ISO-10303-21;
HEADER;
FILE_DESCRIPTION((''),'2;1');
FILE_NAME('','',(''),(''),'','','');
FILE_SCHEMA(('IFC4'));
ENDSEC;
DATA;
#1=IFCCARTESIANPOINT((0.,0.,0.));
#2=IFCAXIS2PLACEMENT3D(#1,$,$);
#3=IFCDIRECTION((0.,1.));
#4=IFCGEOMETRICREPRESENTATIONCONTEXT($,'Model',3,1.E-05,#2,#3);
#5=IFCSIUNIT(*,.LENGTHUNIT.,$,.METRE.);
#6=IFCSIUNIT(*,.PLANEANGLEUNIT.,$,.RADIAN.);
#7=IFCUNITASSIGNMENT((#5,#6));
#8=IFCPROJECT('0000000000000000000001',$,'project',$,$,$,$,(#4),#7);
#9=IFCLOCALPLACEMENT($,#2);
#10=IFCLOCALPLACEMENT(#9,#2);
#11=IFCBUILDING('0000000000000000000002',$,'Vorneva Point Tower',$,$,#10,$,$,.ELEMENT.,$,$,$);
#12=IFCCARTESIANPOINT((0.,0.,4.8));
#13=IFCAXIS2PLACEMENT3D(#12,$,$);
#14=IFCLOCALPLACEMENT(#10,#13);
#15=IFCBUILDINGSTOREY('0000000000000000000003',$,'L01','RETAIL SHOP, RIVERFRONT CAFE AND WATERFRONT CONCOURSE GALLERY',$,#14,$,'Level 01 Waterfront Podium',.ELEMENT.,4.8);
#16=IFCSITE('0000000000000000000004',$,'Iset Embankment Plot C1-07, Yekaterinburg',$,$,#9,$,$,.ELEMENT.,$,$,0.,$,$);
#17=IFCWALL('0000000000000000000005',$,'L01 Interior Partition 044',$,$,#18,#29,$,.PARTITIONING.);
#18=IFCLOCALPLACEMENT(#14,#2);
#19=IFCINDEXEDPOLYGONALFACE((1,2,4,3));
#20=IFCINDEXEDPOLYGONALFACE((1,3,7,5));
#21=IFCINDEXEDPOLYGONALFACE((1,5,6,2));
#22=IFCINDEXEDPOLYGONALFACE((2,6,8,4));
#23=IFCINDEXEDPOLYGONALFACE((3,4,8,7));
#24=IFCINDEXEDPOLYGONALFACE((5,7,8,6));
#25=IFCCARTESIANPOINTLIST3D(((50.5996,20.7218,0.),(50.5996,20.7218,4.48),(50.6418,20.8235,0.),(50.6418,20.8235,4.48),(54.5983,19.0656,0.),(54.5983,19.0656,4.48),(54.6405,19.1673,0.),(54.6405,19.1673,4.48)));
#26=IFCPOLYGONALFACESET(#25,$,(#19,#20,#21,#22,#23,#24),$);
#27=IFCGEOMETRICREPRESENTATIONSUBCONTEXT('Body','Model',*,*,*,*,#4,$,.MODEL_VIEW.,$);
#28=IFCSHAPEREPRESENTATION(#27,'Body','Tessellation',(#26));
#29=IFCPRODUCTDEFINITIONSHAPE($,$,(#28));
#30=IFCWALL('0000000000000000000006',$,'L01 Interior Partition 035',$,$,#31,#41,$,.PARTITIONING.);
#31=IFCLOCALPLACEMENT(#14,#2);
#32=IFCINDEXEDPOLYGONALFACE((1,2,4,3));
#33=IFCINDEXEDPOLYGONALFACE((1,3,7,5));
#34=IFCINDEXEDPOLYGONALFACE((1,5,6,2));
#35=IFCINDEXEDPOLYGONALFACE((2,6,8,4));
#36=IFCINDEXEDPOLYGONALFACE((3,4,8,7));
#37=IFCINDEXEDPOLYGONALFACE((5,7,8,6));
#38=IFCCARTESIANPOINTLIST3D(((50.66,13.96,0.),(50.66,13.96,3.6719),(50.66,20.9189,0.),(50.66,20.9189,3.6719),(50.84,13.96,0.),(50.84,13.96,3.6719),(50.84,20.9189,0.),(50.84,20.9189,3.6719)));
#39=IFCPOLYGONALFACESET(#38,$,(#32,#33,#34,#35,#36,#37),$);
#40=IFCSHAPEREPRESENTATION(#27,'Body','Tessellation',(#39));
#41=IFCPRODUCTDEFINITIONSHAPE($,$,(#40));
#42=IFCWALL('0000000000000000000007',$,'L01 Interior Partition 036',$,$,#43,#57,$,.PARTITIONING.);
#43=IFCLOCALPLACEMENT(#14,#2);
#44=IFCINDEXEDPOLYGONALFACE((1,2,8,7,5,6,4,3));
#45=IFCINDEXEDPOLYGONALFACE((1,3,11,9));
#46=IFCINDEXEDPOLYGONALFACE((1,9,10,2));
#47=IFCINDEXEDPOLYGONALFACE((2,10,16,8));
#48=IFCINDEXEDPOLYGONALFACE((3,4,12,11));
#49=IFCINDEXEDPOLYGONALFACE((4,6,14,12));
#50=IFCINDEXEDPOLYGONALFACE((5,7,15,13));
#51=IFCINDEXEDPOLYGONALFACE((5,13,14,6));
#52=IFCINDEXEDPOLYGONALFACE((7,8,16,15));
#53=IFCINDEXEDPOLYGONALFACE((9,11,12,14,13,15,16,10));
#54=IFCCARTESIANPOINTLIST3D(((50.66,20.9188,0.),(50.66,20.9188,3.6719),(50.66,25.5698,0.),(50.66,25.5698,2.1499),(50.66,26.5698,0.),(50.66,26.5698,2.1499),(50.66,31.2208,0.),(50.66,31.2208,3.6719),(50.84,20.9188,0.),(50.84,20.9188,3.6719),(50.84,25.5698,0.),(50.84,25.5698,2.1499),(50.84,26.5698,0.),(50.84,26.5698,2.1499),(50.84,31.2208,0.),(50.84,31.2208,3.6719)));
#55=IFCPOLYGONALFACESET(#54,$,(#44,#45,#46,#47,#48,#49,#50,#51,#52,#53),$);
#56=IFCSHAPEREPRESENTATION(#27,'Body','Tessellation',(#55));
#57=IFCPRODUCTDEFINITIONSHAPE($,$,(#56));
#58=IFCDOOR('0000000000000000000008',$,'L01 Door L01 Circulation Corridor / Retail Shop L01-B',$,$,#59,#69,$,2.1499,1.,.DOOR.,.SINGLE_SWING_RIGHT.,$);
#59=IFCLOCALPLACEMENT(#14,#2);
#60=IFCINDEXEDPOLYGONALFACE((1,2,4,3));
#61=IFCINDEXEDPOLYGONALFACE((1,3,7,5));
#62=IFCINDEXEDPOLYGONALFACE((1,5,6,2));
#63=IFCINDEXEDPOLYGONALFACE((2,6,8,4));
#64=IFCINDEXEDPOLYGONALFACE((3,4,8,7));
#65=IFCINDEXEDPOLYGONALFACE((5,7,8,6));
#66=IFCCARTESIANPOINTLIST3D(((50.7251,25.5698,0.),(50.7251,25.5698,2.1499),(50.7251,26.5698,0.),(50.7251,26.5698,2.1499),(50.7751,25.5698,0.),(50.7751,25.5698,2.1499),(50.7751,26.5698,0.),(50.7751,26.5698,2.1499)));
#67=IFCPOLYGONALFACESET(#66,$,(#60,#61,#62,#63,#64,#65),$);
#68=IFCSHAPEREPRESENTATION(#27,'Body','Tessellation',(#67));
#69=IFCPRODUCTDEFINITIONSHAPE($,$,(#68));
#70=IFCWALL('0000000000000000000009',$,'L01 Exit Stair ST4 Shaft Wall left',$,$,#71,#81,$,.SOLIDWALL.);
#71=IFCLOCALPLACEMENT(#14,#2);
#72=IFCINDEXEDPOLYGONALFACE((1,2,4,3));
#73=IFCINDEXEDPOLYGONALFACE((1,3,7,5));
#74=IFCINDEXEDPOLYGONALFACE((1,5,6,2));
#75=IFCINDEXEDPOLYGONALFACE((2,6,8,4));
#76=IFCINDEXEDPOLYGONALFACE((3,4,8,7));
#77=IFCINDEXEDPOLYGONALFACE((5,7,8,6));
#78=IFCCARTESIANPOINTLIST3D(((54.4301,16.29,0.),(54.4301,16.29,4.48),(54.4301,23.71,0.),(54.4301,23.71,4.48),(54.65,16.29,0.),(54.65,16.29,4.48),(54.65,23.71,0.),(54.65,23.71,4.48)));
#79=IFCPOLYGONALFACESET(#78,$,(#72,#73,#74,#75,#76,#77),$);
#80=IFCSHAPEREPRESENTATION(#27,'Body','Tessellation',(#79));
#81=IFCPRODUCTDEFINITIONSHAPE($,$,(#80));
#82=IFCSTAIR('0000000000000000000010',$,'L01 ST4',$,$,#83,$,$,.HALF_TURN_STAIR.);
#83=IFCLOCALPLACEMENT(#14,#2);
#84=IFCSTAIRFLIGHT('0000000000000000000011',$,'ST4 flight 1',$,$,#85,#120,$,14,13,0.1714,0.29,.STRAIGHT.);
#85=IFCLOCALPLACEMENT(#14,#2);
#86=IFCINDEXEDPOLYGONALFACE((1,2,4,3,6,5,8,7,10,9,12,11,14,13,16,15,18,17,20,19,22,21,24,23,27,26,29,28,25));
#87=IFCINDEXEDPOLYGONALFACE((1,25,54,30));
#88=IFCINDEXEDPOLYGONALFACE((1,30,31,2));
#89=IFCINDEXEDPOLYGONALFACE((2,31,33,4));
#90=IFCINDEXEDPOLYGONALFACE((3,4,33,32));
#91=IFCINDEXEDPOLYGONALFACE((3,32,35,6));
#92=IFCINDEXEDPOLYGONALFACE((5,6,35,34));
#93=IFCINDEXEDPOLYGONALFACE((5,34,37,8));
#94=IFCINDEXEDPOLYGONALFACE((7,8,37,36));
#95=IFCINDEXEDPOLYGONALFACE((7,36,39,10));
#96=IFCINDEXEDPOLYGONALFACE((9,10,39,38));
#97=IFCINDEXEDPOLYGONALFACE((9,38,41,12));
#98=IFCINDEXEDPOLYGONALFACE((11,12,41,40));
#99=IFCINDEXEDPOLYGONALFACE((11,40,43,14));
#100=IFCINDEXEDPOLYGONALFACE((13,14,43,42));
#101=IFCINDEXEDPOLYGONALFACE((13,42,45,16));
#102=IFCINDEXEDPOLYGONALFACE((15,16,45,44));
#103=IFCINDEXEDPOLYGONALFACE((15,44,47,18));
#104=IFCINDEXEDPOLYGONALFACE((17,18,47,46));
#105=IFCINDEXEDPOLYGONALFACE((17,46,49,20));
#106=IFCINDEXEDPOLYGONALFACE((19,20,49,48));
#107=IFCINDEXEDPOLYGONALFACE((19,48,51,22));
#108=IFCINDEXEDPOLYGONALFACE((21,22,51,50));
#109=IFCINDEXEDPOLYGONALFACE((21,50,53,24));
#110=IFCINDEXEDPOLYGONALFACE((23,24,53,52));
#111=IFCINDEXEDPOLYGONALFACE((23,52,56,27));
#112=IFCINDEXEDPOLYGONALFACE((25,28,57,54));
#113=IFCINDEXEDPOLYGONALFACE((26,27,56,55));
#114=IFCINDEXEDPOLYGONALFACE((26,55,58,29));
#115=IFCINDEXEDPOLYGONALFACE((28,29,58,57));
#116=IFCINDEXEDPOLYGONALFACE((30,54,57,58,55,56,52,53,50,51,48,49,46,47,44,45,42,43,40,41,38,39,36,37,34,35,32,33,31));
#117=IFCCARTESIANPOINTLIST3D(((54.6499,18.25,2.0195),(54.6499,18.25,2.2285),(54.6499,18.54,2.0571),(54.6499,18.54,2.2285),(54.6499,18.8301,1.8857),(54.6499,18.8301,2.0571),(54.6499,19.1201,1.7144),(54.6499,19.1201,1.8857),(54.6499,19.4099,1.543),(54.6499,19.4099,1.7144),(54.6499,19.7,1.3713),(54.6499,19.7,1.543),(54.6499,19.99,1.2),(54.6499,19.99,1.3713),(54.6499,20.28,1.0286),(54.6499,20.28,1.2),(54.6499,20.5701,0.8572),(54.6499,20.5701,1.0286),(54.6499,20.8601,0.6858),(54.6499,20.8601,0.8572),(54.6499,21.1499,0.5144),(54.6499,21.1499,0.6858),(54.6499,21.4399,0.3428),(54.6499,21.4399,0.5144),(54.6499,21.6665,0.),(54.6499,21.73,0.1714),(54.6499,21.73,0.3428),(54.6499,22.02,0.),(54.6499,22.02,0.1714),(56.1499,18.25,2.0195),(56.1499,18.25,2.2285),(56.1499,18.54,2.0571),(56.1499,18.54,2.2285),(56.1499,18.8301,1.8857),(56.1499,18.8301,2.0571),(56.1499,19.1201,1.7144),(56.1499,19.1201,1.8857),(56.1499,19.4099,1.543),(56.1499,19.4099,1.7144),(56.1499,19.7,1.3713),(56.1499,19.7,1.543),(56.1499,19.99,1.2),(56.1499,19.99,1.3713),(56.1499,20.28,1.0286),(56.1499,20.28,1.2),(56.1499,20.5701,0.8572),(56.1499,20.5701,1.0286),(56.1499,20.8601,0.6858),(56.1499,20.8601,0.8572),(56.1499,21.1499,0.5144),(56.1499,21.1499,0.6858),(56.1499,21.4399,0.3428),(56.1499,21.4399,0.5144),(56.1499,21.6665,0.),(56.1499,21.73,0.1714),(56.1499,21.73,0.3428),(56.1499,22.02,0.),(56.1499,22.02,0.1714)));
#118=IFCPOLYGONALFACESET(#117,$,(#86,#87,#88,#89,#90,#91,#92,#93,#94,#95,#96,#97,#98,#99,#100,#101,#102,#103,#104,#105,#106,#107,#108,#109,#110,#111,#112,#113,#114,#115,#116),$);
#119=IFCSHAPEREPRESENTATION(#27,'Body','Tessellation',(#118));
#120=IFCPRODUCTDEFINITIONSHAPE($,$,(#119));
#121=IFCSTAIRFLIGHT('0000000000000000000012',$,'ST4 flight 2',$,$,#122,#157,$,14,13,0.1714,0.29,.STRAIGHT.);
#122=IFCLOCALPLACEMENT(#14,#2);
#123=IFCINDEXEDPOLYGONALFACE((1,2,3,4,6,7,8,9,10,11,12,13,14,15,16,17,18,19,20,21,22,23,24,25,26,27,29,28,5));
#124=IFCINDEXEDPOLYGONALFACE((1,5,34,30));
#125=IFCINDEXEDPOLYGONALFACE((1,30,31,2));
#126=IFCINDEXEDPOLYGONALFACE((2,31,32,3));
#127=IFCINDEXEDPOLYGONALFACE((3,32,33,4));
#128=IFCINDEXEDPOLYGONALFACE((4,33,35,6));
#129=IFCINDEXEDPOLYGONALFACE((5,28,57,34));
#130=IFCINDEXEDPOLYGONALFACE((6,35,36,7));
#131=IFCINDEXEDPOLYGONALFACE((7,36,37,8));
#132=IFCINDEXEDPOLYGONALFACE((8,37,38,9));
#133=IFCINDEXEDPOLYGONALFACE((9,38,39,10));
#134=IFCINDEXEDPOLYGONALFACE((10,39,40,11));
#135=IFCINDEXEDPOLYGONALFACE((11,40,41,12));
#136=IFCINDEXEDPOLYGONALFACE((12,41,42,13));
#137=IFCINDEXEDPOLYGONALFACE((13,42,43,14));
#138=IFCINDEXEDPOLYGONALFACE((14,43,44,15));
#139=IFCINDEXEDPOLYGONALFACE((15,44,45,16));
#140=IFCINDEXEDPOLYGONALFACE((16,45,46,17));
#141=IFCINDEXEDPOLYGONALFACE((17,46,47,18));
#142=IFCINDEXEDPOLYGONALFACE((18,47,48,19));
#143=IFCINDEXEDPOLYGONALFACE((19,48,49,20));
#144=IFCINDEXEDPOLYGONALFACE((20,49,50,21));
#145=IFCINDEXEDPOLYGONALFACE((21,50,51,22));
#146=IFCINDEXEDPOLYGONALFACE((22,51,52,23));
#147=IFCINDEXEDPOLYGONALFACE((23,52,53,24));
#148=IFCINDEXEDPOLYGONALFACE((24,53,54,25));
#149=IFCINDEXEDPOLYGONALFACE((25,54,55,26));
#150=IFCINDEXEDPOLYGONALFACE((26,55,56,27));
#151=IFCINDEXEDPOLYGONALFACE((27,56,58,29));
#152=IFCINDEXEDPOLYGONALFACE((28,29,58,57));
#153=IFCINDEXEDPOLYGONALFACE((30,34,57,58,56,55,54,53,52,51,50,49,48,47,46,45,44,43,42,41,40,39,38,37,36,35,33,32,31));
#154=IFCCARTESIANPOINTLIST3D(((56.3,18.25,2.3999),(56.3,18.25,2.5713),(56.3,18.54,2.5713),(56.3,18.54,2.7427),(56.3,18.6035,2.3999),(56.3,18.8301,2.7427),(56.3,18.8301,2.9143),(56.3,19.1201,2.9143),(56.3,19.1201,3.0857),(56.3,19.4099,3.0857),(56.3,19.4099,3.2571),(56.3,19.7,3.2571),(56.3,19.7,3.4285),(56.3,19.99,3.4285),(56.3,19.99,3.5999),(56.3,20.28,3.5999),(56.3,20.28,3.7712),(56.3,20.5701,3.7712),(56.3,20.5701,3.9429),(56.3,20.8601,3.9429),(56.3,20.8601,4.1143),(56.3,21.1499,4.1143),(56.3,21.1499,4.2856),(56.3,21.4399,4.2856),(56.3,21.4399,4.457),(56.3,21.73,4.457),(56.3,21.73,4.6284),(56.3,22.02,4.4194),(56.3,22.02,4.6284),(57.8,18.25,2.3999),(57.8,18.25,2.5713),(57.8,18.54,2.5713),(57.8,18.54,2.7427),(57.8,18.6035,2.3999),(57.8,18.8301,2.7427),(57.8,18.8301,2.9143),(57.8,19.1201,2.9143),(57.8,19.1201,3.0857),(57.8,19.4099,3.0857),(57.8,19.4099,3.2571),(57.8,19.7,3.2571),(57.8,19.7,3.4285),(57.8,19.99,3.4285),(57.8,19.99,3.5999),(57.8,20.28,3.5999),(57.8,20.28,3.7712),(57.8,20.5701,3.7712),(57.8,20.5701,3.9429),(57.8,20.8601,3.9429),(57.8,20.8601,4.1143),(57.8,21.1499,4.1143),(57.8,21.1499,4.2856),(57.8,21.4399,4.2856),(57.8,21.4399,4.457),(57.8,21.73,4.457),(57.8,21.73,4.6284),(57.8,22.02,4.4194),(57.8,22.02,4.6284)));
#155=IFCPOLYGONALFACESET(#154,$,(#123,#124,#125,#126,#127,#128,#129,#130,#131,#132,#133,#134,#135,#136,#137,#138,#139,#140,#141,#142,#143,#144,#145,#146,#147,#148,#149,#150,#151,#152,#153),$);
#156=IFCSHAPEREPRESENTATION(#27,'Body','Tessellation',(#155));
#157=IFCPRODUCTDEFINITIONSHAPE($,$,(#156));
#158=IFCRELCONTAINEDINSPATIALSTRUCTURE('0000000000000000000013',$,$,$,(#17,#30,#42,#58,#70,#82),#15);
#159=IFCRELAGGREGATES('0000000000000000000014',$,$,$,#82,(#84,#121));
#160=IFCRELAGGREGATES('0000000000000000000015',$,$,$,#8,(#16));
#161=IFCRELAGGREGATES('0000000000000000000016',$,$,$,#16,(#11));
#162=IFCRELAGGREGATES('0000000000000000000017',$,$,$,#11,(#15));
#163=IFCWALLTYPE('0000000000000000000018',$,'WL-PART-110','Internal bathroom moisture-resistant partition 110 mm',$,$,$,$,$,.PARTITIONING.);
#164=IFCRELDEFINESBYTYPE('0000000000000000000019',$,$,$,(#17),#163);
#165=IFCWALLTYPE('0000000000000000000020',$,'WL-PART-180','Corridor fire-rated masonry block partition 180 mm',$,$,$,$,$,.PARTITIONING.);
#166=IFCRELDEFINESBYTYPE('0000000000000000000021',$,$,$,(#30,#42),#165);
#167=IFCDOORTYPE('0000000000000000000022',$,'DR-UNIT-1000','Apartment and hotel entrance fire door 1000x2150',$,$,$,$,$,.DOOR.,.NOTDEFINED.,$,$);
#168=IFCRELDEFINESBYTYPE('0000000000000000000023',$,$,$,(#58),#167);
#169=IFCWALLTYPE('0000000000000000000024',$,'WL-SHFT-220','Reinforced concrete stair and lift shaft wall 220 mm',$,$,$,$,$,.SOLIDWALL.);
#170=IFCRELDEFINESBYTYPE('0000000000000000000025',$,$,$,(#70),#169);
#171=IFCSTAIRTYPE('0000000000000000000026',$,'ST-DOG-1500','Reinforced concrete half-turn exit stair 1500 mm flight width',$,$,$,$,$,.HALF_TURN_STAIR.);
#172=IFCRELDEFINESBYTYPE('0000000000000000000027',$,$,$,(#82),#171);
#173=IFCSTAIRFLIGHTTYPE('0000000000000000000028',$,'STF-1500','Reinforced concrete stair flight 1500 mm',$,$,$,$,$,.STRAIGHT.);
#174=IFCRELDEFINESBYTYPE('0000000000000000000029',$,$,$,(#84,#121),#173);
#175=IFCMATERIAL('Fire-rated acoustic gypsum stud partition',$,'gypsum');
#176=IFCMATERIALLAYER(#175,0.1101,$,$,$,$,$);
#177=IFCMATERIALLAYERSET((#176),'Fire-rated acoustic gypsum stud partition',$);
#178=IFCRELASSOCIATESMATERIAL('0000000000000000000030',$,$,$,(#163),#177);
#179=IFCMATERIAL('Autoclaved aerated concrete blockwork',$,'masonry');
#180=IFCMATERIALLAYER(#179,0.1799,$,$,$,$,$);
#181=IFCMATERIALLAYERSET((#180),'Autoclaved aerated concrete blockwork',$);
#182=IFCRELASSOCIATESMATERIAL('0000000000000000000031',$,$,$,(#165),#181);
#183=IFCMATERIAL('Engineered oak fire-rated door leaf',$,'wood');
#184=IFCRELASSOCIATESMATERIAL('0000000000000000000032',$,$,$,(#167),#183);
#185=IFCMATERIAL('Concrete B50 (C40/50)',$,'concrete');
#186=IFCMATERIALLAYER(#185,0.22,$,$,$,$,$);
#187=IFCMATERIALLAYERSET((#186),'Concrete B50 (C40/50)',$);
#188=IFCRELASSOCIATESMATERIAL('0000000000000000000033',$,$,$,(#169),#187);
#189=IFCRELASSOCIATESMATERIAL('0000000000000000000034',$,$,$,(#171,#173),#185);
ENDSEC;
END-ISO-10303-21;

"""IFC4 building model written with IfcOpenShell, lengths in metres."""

from ifc_helpers import new_model, si_unit, direction, frame, frame_2d, origin, place, context, subcontext, project, spatial, polyline, rectangle, outline, extrude, material, layer, layer_set, type_object, element, fill, aggregate, save


model = new_model("IFC4")

# Units and contexts
model_context = context("Model", 3, precision=1e-05, world=origin(), true_north=direction((0.0, 1.0)))
body_context = subcontext(model_context, "Body", "Model", "MODEL_VIEW")
ifc_project = project(units=[si_unit("LENGTHUNIT", "METRE"), si_unit("PLANEANGLEUNIT", "RADIAN")], contexts=[model_context])

# Site, building, storey
site_placement = place(None, origin())
site = spatial("IfcSite", under=ifc_project, at=site_placement, Name="Iset Embankment Plot C1-07, Yekaterinburg", CompositionType="ELEMENT", RefElevation=0.0)
building_placement = place(site_placement, origin())
building = spatial("IfcBuilding", under=site, at=building_placement, Name="Vorneva Point Tower", CompositionType="ELEMENT")
storey_placement = place(building_placement, frame((0.0, 0.0, 4.8)))
storey = spatial("IfcBuildingStorey", under=building, at=storey_placement, Name="L01", Description="RETAIL SHOP, RIVERFRONT CAFE AND WATERFRONT CONCOURSE GALLERY", LongName="Level 01 Waterfront Podium", CompositionType="ELEMENT", Elevation=4.8)

# Walls
ifc_material_1 = material(Name="Fire-rated acoustic gypsum stud partition", Category="gypsum")
ifc_layer_1 = layer(ifc_material_1, 0.1101)
ifc_layer_set_1 = layer_set([ifc_layer_1], Name="Fire-rated acoustic gypsum stud partition")
wall_type_1 = type_object("IfcWallType", Name="WL-PART-110", Description="Internal bathroom moisture-resistant partition 110 mm", PredefinedType="PARTITIONING", material=ifc_layer_set_1)
wall_1_placement = place(storey_placement, frame((54.6194, 19.1165, 0.0), z_axis=(0.0, 0.0, 1.0), x_axis=(-0.923888, 0.382664, 0.0)))
element("IfcWall", 1, at=wall_1_placement, inside=storey, type_object=wall_type_1, Name="L01 Interior Partition 044", PredefinedType="PARTITIONING", context=body_context, shape_type="SweptSolid", body=[
    extrude(rectangle(XDim=4.3281, YDim=0.1101, at=frame_2d((2.1641, 0.0))), origin(), (0.0, 0.0, 1.0), 4.48),
])
ifc_material_2 = material(Name="Autoclaved aerated concrete blockwork", Category="masonry")
ifc_layer_2 = layer(ifc_material_2, 0.1799)
ifc_layer_set_2 = layer_set([ifc_layer_2], Name="Autoclaved aerated concrete blockwork")
wall_type_2 = type_object("IfcWallType", Name="WL-PART-180", Description="Corridor fire-rated masonry block partition 180 mm", PredefinedType="PARTITIONING", material=ifc_layer_set_2)
wall_2_placement = place(storey_placement, frame((50.75, 13.96, 0.0), z_axis=(0.0, 0.0, 1.0), x_axis=(0.0, 1.0, 0.0)))
element("IfcWall", 2, at=wall_2_placement, inside=storey, type_object=wall_type_2, Name="L01 Interior Partition 035", PredefinedType="PARTITIONING", context=body_context, shape_type="SweptSolid", body=[
    extrude(rectangle(XDim=6.959, YDim=0.1799, at=frame_2d((3.4795, 0.0))), origin(), (0.0, 0.0, 1.0), 3.6719),
])

# Wall, opening, door
wall_3_placement = place(storey_placement, frame((50.75, 20.9189, 0.0), z_axis=(0.0, 0.0, 1.0), x_axis=(0.0, 1.0, 0.0)))
wall_3 = element("IfcWall", 3, at=wall_3_placement, inside=storey, type_object=wall_type_2, Name="L01 Interior Partition 036", PredefinedType="PARTITIONING", context=body_context, shape_type="SweptSolid", body=[
    extrude(rectangle(XDim=10.302, YDim=0.1799, at=frame_2d((5.1509, 0.0))), origin(), (0.0, 0.0, 1.0), 3.6719),
])
opening_1_placement = place(wall_3_placement, frame((4.6509, 0.0, 0.0)))
opening_1 = element("IfcOpeningElement", 4, at=opening_1_placement, cuts=wall_3, PredefinedType="OPENING", context=body_context, shape_type="SweptSolid", body=[
    extrude(rectangle(XDim=1.0, YDim=2.1499, at=frame_2d((0.5, 1.075))), frame((0.0, 0.105, 0.0), z_axis=(0.0, -1.0, 0.0), x_axis=(1.0, 0.0, 0.0)), (0.0, 0.0, 1.0), 0.2097),
])
ifc_material_3 = material(Name="Engineered oak fire-rated door leaf", Category="wood")
door_type_1 = type_object("IfcDoorType", Name="DR-UNIT-1000", Description="Apartment and hotel entrance fire door 1000x2150", OperationType="NOTDEFINED", PredefinedType="DOOR", material=ifc_material_3)
door_1_placement = place(opening_1_placement, origin())
door_1 = element("IfcDoor", 5, at=door_1_placement, inside=storey, type_object=door_type_1, Name="L01 Door L01 Circulation Corridor / Retail Shop L01-B", OperationType="SINGLE_SWING_RIGHT", OverallHeight=2.1499, OverallWidth=1.0, PredefinedType="DOOR", context=body_context, shape_type="SweptSolid", body=[
    extrude(rectangle(XDim=1.0, YDim=2.1499, at=frame_2d((0.5, 1.075))), frame((0.0, 0.0249, 0.0), z_axis=(0.0, -1.0, 0.0), x_axis=(1.0, 0.0, 0.0)), (0.0, 0.0, 1.0), 0.05),
])
fill(opening_1, door_1)
ifc_material_4 = material(Name="Concrete B50 (C40/50)", Category="concrete")
ifc_layer_3 = layer(ifc_material_4, 0.22)
ifc_layer_set_3 = layer_set([ifc_layer_3], Name="Concrete B50 (C40/50)")
wall_type_3 = type_object("IfcWallType", Name="WL-SHFT-220", Description="Reinforced concrete stair and lift shaft wall 220 mm", PredefinedType="SOLIDWALL", material=ifc_layer_set_3)

# Wall
wall_4_placement = place(storey_placement, frame((54.54, 16.29, 0.0), z_axis=(0.0, 0.0, 1.0), x_axis=(0.0, 1.0, 0.0)))
element("IfcWall", 6, at=wall_4_placement, inside=storey, type_object=wall_type_3, Name="L01 Exit Stair ST4 Shaft Wall left", PredefinedType="SOLIDWALL", context=body_context, shape_type="SweptSolid", body=[
    extrude(rectangle(XDim=7.4199, YDim=0.22, at=frame_2d((3.71, 0.0))), origin(), (0.0, 0.0, 1.0), 4.48),
])

# Stair, stair flights
stair_type = type_object("IfcStairType", Name="ST-DOG-1500", Description="Reinforced concrete half-turn exit stair 1500 mm flight width", PredefinedType="HALF_TURN_STAIR", material=ifc_material_4)
stair_placement = place(storey_placement, origin())
stair = element("IfcStair", 7, at=stair_placement, inside=storey, type_object=stair_type, Name="L01 ST4", PredefinedType="HALF_TURN_STAIR")
stair_flight_type = type_object("IfcStairFlightType", Name="STF-1500", Description="Reinforced concrete stair flight 1500 mm", PredefinedType="STRAIGHT", material=ifc_material_4)
stair_flight_1_placement = place(storey_placement, frame((55.3999, 22.02, 0.0), z_axis=(0.0, 0.0, 1.0), x_axis=(0.0, -1.0, 0.0)))
stair_flight_1 = element("IfcStairFlight", 8, at=stair_flight_1_placement, type_object=stair_flight_type, Name="ST4 flight 1", NumberOfRisers=14, NumberOfTreads=13, PredefinedType="STRAIGHT", RiserHeight=0.1714, TreadLength=0.29, context=body_context, shape_type="SweptSolid", body=[
    extrude(outline(polyline([(0.0, 0.0), (0.0, 0.1714), (0.29, 0.1714), (0.29, 0.3428), (0.5801, 0.3428), (0.5801, 0.5144), (0.8701, 0.5144), (0.8701, 0.6858), (1.1599, 0.6858), (1.1599, 0.8572), (1.45, 0.8572), (1.45, 1.0286), (1.74, 1.0286), (1.74, 1.2), (2.03, 1.2), (2.03, 1.3713), (2.3201, 1.3713), (2.3201, 1.543), (2.6101, 1.543), (2.6101, 1.7144), (2.8999, 1.7144), (2.8999, 1.8857), (3.1899, 1.8857), (3.1899, 2.0571), (3.48, 2.0571), (3.48, 2.2285), (3.77, 2.2285), (3.77, 2.3999), (3.77, 2.0195), (0.3535, 0.0), (0.0, 0.0)])), frame((0.0, 0.75, 0.0), z_axis=(0.0, -1.0, 0.0), x_axis=(1.0, 0.0, 0.0)), (0.0, 0.0, 1.0), 1.5),
])
stair_flight_2_placement = place(storey_placement, frame((57.05, 18.25, 2.3999), z_axis=(0.0, 0.0, 1.0), x_axis=(0.0, 1.0, 0.0)))
stair_flight_2 = element("IfcStairFlight", 9, at=stair_flight_2_placement, type_object=stair_flight_type, Name="ST4 flight 2", NumberOfRisers=14, NumberOfTreads=13, PredefinedType="STRAIGHT", RiserHeight=0.1714, TreadLength=0.29, context=body_context, shape_type="SweptSolid", body=[
    extrude(outline(polyline([(0.0, 0.0), (0.0, 0.1714), (0.29, 0.1714), (0.29, 0.3428), (0.5801, 0.3428), (0.5801, 0.5144), (0.8701, 0.5144), (0.8701, 0.6858), (1.1599, 0.6858), (1.1599, 0.8572), (1.45, 0.8572), (1.45, 1.0286), (1.74, 1.0286), (1.74, 1.2), (2.03, 1.2), (2.03, 1.3713), (2.3201, 1.3713), (2.3201, 1.543), (2.6101, 1.543), (2.6101, 1.7144), (2.8999, 1.7144), (2.8999, 1.8857), (3.1899, 1.8857), (3.1899, 2.0571), (3.48, 2.0571), (3.48, 2.2285), (3.77, 2.2285), (3.77, 2.3999), (3.77, 2.0195), (0.3535, 0.0), (0.0, 0.0)])), frame((0.0, 0.75, 0.0), z_axis=(0.0, -1.0, 0.0), x_axis=(1.0, 0.0, 0.0)), (0.0, 0.0, 1.0), 1.5),
])
aggregate(stair, [stair_flight_1, stair_flight_2])

save(model, "model.ifc")
